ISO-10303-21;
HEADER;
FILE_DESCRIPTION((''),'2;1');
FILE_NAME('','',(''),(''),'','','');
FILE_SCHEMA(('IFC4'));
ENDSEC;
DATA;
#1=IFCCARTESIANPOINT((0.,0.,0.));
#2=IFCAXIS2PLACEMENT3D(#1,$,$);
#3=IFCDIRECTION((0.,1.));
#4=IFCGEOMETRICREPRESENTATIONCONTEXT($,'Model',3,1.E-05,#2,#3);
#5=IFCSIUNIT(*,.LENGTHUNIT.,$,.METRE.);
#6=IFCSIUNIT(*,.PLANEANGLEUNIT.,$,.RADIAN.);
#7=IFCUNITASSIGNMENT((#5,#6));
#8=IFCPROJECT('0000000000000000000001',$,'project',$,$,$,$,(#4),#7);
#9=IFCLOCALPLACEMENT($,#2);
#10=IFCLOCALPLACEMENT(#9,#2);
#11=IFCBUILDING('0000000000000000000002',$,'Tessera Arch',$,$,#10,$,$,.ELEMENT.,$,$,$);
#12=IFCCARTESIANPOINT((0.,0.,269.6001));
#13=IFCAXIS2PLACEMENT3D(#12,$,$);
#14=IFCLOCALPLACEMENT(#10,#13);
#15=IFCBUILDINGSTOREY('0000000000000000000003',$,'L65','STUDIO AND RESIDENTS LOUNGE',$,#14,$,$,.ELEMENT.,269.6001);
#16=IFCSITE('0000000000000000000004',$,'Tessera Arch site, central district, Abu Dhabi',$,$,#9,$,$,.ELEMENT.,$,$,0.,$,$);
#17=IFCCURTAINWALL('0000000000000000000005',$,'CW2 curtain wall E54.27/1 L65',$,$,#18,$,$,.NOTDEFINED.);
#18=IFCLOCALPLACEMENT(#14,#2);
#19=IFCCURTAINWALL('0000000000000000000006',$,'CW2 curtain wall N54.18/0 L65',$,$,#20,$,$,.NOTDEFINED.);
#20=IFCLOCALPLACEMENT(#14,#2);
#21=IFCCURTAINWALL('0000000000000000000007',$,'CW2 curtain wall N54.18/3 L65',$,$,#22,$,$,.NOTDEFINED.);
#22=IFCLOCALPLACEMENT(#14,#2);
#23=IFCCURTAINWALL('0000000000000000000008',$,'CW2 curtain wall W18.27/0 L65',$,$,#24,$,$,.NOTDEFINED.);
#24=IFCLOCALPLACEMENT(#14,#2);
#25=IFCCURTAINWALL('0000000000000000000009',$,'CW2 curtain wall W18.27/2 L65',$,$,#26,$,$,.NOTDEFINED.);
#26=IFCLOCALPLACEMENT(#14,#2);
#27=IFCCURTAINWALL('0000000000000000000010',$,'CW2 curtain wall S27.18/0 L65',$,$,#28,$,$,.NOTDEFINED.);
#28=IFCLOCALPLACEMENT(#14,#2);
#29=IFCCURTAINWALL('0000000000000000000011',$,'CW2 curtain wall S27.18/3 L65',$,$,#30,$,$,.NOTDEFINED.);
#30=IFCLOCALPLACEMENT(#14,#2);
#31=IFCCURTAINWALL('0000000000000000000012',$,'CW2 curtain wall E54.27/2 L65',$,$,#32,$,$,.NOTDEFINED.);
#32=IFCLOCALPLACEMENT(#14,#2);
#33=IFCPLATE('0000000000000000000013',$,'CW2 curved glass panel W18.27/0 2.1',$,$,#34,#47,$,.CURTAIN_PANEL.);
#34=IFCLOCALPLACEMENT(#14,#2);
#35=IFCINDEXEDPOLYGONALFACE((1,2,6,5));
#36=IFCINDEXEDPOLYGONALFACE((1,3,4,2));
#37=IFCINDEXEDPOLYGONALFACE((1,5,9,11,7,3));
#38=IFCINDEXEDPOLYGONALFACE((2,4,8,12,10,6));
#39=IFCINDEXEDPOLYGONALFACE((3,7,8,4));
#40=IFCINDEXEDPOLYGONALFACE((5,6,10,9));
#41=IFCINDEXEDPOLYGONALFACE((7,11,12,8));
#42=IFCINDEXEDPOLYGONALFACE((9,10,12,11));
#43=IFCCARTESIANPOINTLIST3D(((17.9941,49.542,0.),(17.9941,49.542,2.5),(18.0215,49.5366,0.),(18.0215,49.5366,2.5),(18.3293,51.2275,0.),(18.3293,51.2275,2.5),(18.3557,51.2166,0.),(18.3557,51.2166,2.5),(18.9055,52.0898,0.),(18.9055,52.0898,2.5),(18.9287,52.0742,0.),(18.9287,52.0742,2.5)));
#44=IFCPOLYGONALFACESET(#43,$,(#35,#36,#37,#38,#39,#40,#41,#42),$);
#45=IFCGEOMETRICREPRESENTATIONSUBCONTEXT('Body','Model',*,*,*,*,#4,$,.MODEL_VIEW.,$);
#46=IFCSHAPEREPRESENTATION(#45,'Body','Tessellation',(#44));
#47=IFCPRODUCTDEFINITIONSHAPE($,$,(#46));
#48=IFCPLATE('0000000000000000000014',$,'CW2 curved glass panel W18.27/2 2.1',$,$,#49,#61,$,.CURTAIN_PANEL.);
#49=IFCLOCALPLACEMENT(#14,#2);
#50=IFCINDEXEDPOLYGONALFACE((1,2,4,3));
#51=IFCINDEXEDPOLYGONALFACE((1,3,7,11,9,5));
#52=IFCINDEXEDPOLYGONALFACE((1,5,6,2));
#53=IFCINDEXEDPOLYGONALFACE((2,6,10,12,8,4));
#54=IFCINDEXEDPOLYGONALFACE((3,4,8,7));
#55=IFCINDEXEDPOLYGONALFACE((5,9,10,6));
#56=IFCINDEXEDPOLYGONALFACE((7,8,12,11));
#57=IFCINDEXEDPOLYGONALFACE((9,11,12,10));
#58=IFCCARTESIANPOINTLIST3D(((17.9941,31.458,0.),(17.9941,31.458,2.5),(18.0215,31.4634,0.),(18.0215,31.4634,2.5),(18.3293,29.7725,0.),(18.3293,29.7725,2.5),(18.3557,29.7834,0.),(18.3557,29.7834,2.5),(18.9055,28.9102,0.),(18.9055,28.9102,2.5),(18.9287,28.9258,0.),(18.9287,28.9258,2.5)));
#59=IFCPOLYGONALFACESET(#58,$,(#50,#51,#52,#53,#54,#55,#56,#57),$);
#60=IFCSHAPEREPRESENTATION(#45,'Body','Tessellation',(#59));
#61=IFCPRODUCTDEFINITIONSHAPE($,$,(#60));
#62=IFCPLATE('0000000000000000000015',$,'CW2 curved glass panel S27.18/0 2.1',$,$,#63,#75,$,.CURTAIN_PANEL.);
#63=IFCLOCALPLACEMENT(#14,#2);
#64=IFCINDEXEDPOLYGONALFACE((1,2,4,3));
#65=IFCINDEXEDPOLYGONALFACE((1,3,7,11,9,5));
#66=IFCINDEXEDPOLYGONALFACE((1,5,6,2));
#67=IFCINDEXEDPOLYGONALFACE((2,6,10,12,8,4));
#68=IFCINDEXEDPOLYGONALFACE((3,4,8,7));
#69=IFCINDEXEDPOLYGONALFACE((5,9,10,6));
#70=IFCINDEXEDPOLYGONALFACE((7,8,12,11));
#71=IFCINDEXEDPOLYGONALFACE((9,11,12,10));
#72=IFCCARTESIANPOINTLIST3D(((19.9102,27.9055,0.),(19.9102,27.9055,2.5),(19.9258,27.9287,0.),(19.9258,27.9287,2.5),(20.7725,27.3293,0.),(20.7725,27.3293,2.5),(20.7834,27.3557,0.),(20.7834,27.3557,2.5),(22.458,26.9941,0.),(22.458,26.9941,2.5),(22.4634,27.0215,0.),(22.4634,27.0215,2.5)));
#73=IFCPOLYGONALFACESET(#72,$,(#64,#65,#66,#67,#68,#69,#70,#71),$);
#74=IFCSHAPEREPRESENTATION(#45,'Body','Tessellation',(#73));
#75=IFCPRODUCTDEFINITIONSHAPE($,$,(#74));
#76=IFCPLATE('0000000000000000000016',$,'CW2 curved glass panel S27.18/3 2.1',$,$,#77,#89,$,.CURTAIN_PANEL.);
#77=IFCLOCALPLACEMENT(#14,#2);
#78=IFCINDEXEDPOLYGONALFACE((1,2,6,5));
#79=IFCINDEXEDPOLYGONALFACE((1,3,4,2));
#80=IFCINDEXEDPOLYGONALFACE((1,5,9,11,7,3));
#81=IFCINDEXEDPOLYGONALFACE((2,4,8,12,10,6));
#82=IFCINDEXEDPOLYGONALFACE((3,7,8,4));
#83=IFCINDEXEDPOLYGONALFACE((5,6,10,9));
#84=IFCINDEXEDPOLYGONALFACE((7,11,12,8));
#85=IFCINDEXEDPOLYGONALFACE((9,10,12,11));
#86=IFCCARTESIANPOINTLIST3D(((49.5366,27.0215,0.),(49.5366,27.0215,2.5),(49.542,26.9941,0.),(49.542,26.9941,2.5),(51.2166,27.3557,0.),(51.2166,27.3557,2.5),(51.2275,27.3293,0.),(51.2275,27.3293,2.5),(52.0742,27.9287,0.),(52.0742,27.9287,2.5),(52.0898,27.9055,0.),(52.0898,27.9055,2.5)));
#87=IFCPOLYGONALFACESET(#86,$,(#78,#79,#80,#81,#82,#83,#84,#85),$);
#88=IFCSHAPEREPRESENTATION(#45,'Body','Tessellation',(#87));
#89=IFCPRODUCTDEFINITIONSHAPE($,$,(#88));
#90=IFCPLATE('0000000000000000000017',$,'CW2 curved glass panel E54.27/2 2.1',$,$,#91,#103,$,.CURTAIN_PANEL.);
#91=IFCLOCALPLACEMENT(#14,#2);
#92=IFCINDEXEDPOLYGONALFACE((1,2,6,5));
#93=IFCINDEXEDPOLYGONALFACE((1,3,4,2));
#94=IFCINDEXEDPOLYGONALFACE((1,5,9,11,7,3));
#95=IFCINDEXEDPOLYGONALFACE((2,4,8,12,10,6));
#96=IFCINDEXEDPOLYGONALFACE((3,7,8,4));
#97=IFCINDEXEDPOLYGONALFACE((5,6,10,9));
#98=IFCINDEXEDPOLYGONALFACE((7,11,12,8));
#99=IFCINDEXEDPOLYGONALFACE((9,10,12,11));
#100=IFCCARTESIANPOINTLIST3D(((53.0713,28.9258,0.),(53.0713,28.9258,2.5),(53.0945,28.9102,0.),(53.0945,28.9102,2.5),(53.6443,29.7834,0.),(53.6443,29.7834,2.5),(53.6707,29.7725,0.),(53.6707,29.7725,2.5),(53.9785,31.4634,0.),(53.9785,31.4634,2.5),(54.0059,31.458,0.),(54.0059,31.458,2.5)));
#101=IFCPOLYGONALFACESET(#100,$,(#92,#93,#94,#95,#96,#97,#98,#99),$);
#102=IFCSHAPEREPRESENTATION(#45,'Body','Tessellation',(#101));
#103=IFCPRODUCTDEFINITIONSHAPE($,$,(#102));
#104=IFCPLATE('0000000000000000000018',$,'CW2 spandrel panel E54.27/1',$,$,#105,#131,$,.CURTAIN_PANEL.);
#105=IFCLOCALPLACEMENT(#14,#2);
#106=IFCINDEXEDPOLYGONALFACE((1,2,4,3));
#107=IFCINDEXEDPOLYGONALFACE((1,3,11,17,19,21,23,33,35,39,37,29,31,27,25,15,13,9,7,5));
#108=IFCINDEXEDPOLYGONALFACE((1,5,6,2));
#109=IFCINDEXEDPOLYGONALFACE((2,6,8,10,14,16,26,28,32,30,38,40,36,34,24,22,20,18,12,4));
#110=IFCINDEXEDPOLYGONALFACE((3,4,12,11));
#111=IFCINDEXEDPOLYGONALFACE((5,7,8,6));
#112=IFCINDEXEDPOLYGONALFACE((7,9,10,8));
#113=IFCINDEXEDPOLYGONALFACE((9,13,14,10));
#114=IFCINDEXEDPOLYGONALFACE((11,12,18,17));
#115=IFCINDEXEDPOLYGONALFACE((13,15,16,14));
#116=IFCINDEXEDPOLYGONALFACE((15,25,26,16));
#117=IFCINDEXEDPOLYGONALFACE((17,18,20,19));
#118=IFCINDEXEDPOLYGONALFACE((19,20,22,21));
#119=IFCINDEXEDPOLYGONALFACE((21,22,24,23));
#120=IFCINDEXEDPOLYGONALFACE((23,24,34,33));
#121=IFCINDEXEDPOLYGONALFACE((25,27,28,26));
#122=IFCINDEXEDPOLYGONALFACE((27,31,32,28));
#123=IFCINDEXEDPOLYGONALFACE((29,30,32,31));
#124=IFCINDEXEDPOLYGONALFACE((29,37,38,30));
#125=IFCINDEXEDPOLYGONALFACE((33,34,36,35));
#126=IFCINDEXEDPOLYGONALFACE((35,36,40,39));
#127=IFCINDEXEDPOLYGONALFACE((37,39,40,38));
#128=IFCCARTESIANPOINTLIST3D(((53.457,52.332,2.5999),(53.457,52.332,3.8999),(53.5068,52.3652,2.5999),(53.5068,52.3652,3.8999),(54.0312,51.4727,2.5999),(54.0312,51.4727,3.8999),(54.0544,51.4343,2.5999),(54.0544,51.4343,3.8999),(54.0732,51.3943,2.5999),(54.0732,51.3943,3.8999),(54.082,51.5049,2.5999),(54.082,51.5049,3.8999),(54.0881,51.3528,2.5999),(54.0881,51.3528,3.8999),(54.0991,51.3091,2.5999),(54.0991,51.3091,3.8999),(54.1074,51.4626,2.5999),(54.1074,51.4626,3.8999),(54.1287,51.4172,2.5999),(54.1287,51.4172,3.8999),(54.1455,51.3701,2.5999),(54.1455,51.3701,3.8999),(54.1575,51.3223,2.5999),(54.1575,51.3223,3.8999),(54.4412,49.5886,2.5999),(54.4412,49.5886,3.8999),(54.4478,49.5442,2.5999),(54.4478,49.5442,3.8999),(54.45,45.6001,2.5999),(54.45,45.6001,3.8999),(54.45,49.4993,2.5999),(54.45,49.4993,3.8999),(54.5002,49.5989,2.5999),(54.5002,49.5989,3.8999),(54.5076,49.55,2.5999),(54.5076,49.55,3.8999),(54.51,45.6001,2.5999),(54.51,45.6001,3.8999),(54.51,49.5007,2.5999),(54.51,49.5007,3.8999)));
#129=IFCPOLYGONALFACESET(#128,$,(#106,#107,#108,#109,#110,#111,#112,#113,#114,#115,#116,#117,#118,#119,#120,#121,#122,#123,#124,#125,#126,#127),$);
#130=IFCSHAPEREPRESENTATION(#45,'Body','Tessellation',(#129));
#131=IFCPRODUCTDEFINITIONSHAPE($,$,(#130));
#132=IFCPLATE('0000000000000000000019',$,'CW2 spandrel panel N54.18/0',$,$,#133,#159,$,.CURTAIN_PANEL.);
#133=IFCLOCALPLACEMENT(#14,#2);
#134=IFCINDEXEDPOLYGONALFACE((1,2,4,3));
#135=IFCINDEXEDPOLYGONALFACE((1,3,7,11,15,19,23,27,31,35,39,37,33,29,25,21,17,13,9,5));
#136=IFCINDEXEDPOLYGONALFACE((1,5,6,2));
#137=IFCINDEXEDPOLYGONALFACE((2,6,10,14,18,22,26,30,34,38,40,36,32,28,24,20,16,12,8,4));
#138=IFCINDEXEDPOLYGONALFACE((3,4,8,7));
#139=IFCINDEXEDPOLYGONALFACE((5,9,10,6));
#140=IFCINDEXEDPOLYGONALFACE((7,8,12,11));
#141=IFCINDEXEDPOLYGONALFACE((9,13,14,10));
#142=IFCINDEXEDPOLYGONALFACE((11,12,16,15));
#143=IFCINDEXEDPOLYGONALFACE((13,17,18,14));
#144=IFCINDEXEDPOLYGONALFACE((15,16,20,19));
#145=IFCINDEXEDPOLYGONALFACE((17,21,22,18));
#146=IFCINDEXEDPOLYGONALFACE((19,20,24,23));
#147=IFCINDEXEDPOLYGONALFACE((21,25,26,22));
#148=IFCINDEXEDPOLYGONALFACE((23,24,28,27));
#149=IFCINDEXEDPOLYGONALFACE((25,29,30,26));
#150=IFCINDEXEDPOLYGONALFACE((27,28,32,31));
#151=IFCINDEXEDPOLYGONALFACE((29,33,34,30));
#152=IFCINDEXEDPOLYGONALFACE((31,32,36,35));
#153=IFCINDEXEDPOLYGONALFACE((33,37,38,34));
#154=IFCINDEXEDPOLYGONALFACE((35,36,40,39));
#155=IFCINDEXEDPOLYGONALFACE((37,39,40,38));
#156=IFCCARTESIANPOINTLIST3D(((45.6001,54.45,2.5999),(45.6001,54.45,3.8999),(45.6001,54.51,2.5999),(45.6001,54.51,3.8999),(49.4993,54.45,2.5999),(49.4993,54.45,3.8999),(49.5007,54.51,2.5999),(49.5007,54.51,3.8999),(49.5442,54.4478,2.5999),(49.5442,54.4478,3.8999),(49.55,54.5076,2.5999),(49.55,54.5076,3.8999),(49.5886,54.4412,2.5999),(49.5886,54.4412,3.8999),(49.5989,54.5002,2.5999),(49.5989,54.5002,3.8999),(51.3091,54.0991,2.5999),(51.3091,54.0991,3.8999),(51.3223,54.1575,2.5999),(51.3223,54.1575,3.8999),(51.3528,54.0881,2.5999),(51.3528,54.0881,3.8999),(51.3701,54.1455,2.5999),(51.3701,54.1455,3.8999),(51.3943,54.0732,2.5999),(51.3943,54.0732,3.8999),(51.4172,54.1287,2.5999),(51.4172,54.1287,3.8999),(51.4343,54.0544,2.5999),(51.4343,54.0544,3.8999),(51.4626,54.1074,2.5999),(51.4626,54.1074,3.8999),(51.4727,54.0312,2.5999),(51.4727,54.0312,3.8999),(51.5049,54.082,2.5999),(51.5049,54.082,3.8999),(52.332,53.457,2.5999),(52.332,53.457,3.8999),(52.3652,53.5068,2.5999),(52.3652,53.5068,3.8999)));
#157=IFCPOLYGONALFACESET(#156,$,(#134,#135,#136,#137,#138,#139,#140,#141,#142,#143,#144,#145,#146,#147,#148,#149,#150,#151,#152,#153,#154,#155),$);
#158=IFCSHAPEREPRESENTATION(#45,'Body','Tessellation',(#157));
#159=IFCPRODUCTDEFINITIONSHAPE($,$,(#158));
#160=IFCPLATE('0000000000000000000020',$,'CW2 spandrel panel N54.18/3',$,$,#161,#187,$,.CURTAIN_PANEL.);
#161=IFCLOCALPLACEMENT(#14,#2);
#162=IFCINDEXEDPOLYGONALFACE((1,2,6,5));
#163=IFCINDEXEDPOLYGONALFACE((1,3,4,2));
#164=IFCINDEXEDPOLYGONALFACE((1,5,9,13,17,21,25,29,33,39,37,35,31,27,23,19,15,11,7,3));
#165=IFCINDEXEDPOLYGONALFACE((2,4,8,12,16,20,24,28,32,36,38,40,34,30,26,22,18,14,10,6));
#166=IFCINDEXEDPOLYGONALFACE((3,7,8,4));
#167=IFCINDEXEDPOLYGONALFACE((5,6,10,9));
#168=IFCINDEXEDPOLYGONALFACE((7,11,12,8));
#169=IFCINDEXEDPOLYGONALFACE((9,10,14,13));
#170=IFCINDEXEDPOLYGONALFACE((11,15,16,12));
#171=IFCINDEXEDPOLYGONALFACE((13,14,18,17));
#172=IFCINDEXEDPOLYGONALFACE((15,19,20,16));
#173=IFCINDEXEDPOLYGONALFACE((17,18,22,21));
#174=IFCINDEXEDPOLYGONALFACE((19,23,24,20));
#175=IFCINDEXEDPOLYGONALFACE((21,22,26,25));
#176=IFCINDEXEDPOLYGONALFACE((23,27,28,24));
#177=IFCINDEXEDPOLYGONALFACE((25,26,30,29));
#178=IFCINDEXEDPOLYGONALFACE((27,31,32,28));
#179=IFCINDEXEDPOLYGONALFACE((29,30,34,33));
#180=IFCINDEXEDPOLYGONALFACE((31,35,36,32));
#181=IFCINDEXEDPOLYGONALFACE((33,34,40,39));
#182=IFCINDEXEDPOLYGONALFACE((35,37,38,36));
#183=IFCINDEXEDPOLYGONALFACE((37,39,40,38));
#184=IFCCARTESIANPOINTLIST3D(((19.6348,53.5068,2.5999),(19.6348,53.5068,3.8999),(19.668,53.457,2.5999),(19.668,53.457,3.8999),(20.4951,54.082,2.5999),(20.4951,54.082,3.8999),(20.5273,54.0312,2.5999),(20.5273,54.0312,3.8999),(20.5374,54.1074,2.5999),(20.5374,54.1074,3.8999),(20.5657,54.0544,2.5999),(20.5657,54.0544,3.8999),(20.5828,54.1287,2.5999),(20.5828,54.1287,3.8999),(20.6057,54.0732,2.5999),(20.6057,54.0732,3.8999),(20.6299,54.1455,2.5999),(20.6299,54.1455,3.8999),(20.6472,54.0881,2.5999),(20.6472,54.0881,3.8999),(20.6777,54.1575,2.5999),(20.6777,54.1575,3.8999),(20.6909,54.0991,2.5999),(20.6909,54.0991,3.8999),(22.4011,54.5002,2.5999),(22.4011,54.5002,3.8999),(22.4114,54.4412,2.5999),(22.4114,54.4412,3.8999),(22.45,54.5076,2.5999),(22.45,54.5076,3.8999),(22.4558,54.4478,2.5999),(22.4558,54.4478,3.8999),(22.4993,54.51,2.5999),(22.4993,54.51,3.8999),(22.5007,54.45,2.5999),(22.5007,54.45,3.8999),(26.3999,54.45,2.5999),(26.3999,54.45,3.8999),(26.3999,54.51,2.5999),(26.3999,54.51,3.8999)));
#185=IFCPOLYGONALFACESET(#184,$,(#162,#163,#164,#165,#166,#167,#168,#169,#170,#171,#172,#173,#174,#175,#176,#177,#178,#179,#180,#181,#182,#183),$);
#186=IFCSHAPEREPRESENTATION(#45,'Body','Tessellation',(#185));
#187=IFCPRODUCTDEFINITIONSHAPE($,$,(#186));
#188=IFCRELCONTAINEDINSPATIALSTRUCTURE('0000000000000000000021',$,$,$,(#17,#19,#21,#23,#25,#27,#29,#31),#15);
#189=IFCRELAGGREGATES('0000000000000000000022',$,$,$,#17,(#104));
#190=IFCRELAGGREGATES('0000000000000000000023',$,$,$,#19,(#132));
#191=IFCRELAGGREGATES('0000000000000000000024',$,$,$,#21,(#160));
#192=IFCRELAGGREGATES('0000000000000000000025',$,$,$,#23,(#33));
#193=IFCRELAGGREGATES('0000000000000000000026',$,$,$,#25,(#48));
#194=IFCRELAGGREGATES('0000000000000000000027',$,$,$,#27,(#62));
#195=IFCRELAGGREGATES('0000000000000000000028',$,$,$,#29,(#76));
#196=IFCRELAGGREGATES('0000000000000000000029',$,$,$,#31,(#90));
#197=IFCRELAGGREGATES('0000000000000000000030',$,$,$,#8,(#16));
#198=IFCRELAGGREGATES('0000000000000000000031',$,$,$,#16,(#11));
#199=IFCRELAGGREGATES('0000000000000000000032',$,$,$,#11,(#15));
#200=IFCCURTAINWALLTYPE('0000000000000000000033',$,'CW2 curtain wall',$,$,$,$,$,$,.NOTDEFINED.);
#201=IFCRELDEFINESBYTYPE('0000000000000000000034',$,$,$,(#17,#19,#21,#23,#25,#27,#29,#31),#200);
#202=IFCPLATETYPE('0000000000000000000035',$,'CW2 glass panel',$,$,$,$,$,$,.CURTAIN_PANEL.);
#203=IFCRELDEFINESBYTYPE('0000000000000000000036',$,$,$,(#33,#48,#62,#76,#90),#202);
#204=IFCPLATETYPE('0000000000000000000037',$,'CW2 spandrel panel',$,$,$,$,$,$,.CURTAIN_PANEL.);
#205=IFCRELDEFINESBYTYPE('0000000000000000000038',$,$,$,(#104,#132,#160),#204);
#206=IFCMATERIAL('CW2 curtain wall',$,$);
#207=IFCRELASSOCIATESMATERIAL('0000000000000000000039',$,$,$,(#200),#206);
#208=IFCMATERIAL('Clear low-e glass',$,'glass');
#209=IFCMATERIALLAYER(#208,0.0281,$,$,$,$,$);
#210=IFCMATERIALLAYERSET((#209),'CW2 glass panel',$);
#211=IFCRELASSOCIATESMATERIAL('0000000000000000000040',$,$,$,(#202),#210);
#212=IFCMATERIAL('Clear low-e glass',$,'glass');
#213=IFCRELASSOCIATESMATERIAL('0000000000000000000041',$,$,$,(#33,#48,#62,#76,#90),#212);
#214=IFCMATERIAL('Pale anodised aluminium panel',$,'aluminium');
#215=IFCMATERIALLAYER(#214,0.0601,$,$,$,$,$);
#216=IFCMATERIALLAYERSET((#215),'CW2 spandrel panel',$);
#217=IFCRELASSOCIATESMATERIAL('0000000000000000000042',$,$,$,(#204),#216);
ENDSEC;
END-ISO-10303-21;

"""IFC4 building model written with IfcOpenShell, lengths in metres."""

from ifc_helpers import new_model, si_unit, direction, frame, origin, place, context, subcontext, project, spatial, polyline, outline, extrude, material, layer, layer_set, type_object, element, aggregate, save


model = new_model("IFC4")

# Units and contexts
model_context = context("Model", 3, precision=1e-05, world=origin(), true_north=direction((0.0, 1.0)))
body_context = subcontext(model_context, "Body", "Model", "MODEL_VIEW")
ifc_project = project(units=[si_unit("LENGTHUNIT", "METRE"), si_unit("PLANEANGLEUNIT", "RADIAN")], contexts=[model_context])

# Site, building, storey
site_placement = place(None, origin())
site = spatial("IfcSite", under=ifc_project, at=site_placement, Name="Tessera Arch site, central district, Abu Dhabi", CompositionType="ELEMENT", RefElevation=0.0)
building_placement = place(site_placement, origin())
building = spatial("IfcBuilding", under=site, at=building_placement, Name="Tessera Arch", CompositionType="ELEMENT")
storey_placement = place(building_placement, frame((0.0, 0.0, 269.6001)))
storey = spatial("IfcBuildingStorey", under=building, at=storey_placement, Name="L65", Description="STUDIO AND RESIDENTS LOUNGE", CompositionType="ELEMENT", Elevation=269.6001)

# Curtain walls
ifc_material_1 = material(Name="CW2 curtain wall")
curtain_wall_type = type_object("IfcCurtainWallType", Name="CW2 curtain wall", PredefinedType="NOTDEFINED", material=ifc_material_1)
curtain_wall_1_placement = place(storey_placement, origin())
curtain_wall_1 = element("IfcCurtainWall", 1, at=curtain_wall_1_placement, inside=storey, type_object=curtain_wall_type, Name="CW2 curtain wall E54.27/1 L65", PredefinedType="NOTDEFINED")
curtain_wall_2_placement = place(storey_placement, origin())
curtain_wall_2 = element("IfcCurtainWall", 2, at=curtain_wall_2_placement, inside=storey, type_object=curtain_wall_type, Name="CW2 curtain wall N54.18/0 L65", PredefinedType="NOTDEFINED")
curtain_wall_3_placement = place(storey_placement, origin())
curtain_wall_3 = element("IfcCurtainWall", 3, at=curtain_wall_3_placement, inside=storey, type_object=curtain_wall_type, Name="CW2 curtain wall N54.18/3 L65", PredefinedType="NOTDEFINED")
curtain_wall_4_placement = place(storey_placement, origin())
curtain_wall_4 = element("IfcCurtainWall", 4, at=curtain_wall_4_placement, inside=storey, type_object=curtain_wall_type, Name="CW2 curtain wall W18.27/0 L65", PredefinedType="NOTDEFINED")
curtain_wall_5_placement = place(storey_placement, origin())
curtain_wall_5 = element("IfcCurtainWall", 5, at=curtain_wall_5_placement, inside=storey, type_object=curtain_wall_type, Name="CW2 curtain wall W18.27/2 L65", PredefinedType="NOTDEFINED")
curtain_wall_6_placement = place(storey_placement, origin())
curtain_wall_6 = element("IfcCurtainWall", 6, at=curtain_wall_6_placement, inside=storey, type_object=curtain_wall_type, Name="CW2 curtain wall S27.18/0 L65", PredefinedType="NOTDEFINED")
curtain_wall_7_placement = place(storey_placement, origin())
curtain_wall_7 = element("IfcCurtainWall", 7, at=curtain_wall_7_placement, inside=storey, type_object=curtain_wall_type, Name="CW2 curtain wall S27.18/3 L65", PredefinedType="NOTDEFINED")
curtain_wall_8_placement = place(storey_placement, origin())
curtain_wall_8 = element("IfcCurtainWall", 8, at=curtain_wall_8_placement, inside=storey, type_object=curtain_wall_type, Name="CW2 curtain wall E54.27/2 L65", PredefinedType="NOTDEFINED")

# Plates
ifc_material_2 = material(Name="Clear low-e glass", Category="glass")
ifc_material_3 = material(Name="Clear low-e glass", Category="glass")
ifc_layer_1 = layer(ifc_material_3, 0.0281)
ifc_layer_set_1 = layer_set([ifc_layer_1], Name="CW2 glass panel")
plate_type_1 = type_object("IfcPlateType", Name="CW2 glass panel", PredefinedType="CURTAIN_PANEL", material=ifc_layer_set_1)
plate_1_placement = place(storey_placement, origin())
plate_1 = element("IfcPlate", 9, at=plate_1_placement, type_object=plate_type_1, material=ifc_material_2, Name="CW2 curved glass panel W18.27/0 2.1", PredefinedType="CURTAIN_PANEL", context=body_context, shape_type="SweptSolid", body=[
    extrude(outline(polyline([(18.3557, 51.2166), (18.9287, 52.0742), (18.9055, 52.0898), (18.3293, 51.2275), (17.9941, 49.542), (18.0215, 49.5366), (18.3557, 51.2166)])), origin(), (0.0, 0.0, 1.0), 2.5),
])
plate_2_placement = place(storey_placement, origin())
plate_2 = element("IfcPlate", 10, at=plate_2_placement, type_object=plate_type_1, material=ifc_material_2, Name="CW2 curved glass panel W18.27/2 2.1", PredefinedType="CURTAIN_PANEL", context=body_context, shape_type="SweptSolid", body=[
    extrude(outline(polyline([(18.3557, 29.7834), (18.0215, 31.4634), (17.9941, 31.458), (18.3293, 29.7725), (18.9055, 28.9102), (18.9287, 28.9258), (18.3557, 29.7834)])), origin(), (0.0, 0.0, 1.0), 2.5),
])
plate_3_placement = place(storey_placement, origin())
plate_3 = element("IfcPlate", 11, at=plate_3_placement, type_object=plate_type_1, material=ifc_material_2, Name="CW2 curved glass panel S27.18/0 2.1", PredefinedType="CURTAIN_PANEL", context=body_context, shape_type="SweptSolid", body=[
    extrude(outline(polyline([(20.7834, 27.3557), (19.9258, 27.9287), (19.9102, 27.9055), (20.7725, 27.3293), (22.458, 26.9941), (22.4634, 27.0215), (20.7834, 27.3557)])), origin(), (0.0, 0.0, 1.0), 2.5),
])
plate_4_placement = place(storey_placement, origin())
plate_4 = element("IfcPlate", 12, at=plate_4_placement, type_object=plate_type_1, material=ifc_material_2, Name="CW2 curved glass panel S27.18/3 2.1", PredefinedType="CURTAIN_PANEL", context=body_context, shape_type="SweptSolid", body=[
    extrude(outline(polyline([(51.2166, 27.3557), (49.5366, 27.0215), (49.542, 26.9941), (51.2275, 27.3293), (52.0898, 27.9055), (52.0742, 27.9287), (51.2166, 27.3557)])), origin(), (0.0, 0.0, 1.0), 2.5),
])
plate_5_placement = place(storey_placement, origin())
plate_5 = element("IfcPlate", 13, at=plate_5_placement, type_object=plate_type_1, material=ifc_material_2, Name="CW2 curved glass panel E54.27/2 2.1", PredefinedType="CURTAIN_PANEL", context=body_context, shape_type="SweptSolid", body=[
    extrude(outline(polyline([(53.6443, 29.7834), (53.0713, 28.9258), (53.0945, 28.9102), (53.6707, 29.7725), (54.0059, 31.458), (53.9785, 31.4634), (53.6443, 29.7834)])), origin(), (0.0, 0.0, 1.0), 2.5),
])
ifc_material_4 = material(Name="Pale anodised aluminium panel", Category="aluminium")
ifc_layer_2 = layer(ifc_material_4, 0.0601)
ifc_layer_set_2 = layer_set([ifc_layer_2], Name="CW2 spandrel panel")
plate_type_2 = type_object("IfcPlateType", Name="CW2 spandrel panel", PredefinedType="CURTAIN_PANEL", material=ifc_layer_set_2)
plate_6_placement = place(storey_placement, frame((0.0, 0.0, 2.5999)))
plate_6 = element("IfcPlate", 14, at=plate_6_placement, type_object=plate_type_2, Name="CW2 spandrel panel E54.27/1", PredefinedType="CURTAIN_PANEL", context=body_context, shape_type="SweptSolid", body=[
    extrude(outline(polyline([(54.45, 49.4993), (54.45, 45.6001), (54.51, 45.6001), (54.51, 49.5007), (54.5076, 49.55), (54.5002, 49.5989), (54.1575, 51.3223), (54.1455, 51.3701), (54.1287, 51.4172), (54.1074, 51.4626), (54.082, 51.5049), (53.5068, 52.3652), (53.457, 52.332), (54.0312, 51.4727), (54.0544, 51.4343), (54.0732, 51.3943), (54.0881, 51.3528), (54.0991, 51.3091), (54.4412, 49.5886), (54.4478, 49.5442), (54.45, 49.4993)])), origin(), (0.0, 0.0, 1.0), 1.3),
])
aggregate(curtain_wall_1, [plate_6])
plate_7_placement = place(storey_placement, frame((0.0, 0.0, 2.5999)))
plate_7 = element("IfcPlate", 15, at=plate_7_placement, type_object=plate_type_2, Name="CW2 spandrel panel N54.18/0", PredefinedType="CURTAIN_PANEL", context=body_context, shape_type="SweptSolid", body=[
    extrude(outline(polyline([(51.4727, 54.0312), (52.332, 53.457), (52.3652, 53.5068), (51.5049, 54.082), (51.4626, 54.1074), (51.4172, 54.1287), (51.3701, 54.1455), (51.3223, 54.1575), (49.5989, 54.5002), (49.55, 54.5076), (49.5007, 54.51), (45.6001, 54.51), (45.6001, 54.45), (49.4993, 54.45), (49.5442, 54.4478), (49.5886, 54.4412), (51.3091, 54.0991), (51.3528, 54.0881), (51.3943, 54.0732), (51.4343, 54.0544), (51.4727, 54.0312)])), origin(), (0.0, 0.0, 1.0), 1.3),
])
aggregate(curtain_wall_2, [plate_7])
plate_8_placement = place(storey_placement, frame((0.0, 0.0, 2.5999)))
plate_8 = element("IfcPlate", 16, at=plate_8_placement, type_object=plate_type_2, Name="CW2 spandrel panel N54.18/3", PredefinedType="CURTAIN_PANEL", context=body_context, shape_type="SweptSolid", body=[
    extrude(outline(polyline([(22.5007, 54.45), (26.3999, 54.45), (26.3999, 54.51), (22.4993, 54.51), (22.45, 54.5076), (22.4011, 54.5002), (20.6777, 54.1575), (20.6299, 54.1455), (20.5828, 54.1287), (20.5374, 54.1074), (20.4951, 54.082), (19.6348, 53.5068), (19.668, 53.457), (20.5273, 54.0312), (20.5657, 54.0544), (20.6057, 54.0732), (20.6472, 54.0881), (20.6909, 54.0991), (22.4114, 54.4412), (22.4558, 54.4478), (22.5007, 54.45)])), origin(), (0.0, 0.0, 1.0), 1.3),
])
aggregate(curtain_wall_3, [plate_8])
aggregate(curtain_wall_4, [plate_1])
aggregate(curtain_wall_5, [plate_2])
aggregate(curtain_wall_6, [plate_3])
aggregate(curtain_wall_7, [plate_4])
aggregate(curtain_wall_8, [plate_5])

save(model, "model.ifc")
